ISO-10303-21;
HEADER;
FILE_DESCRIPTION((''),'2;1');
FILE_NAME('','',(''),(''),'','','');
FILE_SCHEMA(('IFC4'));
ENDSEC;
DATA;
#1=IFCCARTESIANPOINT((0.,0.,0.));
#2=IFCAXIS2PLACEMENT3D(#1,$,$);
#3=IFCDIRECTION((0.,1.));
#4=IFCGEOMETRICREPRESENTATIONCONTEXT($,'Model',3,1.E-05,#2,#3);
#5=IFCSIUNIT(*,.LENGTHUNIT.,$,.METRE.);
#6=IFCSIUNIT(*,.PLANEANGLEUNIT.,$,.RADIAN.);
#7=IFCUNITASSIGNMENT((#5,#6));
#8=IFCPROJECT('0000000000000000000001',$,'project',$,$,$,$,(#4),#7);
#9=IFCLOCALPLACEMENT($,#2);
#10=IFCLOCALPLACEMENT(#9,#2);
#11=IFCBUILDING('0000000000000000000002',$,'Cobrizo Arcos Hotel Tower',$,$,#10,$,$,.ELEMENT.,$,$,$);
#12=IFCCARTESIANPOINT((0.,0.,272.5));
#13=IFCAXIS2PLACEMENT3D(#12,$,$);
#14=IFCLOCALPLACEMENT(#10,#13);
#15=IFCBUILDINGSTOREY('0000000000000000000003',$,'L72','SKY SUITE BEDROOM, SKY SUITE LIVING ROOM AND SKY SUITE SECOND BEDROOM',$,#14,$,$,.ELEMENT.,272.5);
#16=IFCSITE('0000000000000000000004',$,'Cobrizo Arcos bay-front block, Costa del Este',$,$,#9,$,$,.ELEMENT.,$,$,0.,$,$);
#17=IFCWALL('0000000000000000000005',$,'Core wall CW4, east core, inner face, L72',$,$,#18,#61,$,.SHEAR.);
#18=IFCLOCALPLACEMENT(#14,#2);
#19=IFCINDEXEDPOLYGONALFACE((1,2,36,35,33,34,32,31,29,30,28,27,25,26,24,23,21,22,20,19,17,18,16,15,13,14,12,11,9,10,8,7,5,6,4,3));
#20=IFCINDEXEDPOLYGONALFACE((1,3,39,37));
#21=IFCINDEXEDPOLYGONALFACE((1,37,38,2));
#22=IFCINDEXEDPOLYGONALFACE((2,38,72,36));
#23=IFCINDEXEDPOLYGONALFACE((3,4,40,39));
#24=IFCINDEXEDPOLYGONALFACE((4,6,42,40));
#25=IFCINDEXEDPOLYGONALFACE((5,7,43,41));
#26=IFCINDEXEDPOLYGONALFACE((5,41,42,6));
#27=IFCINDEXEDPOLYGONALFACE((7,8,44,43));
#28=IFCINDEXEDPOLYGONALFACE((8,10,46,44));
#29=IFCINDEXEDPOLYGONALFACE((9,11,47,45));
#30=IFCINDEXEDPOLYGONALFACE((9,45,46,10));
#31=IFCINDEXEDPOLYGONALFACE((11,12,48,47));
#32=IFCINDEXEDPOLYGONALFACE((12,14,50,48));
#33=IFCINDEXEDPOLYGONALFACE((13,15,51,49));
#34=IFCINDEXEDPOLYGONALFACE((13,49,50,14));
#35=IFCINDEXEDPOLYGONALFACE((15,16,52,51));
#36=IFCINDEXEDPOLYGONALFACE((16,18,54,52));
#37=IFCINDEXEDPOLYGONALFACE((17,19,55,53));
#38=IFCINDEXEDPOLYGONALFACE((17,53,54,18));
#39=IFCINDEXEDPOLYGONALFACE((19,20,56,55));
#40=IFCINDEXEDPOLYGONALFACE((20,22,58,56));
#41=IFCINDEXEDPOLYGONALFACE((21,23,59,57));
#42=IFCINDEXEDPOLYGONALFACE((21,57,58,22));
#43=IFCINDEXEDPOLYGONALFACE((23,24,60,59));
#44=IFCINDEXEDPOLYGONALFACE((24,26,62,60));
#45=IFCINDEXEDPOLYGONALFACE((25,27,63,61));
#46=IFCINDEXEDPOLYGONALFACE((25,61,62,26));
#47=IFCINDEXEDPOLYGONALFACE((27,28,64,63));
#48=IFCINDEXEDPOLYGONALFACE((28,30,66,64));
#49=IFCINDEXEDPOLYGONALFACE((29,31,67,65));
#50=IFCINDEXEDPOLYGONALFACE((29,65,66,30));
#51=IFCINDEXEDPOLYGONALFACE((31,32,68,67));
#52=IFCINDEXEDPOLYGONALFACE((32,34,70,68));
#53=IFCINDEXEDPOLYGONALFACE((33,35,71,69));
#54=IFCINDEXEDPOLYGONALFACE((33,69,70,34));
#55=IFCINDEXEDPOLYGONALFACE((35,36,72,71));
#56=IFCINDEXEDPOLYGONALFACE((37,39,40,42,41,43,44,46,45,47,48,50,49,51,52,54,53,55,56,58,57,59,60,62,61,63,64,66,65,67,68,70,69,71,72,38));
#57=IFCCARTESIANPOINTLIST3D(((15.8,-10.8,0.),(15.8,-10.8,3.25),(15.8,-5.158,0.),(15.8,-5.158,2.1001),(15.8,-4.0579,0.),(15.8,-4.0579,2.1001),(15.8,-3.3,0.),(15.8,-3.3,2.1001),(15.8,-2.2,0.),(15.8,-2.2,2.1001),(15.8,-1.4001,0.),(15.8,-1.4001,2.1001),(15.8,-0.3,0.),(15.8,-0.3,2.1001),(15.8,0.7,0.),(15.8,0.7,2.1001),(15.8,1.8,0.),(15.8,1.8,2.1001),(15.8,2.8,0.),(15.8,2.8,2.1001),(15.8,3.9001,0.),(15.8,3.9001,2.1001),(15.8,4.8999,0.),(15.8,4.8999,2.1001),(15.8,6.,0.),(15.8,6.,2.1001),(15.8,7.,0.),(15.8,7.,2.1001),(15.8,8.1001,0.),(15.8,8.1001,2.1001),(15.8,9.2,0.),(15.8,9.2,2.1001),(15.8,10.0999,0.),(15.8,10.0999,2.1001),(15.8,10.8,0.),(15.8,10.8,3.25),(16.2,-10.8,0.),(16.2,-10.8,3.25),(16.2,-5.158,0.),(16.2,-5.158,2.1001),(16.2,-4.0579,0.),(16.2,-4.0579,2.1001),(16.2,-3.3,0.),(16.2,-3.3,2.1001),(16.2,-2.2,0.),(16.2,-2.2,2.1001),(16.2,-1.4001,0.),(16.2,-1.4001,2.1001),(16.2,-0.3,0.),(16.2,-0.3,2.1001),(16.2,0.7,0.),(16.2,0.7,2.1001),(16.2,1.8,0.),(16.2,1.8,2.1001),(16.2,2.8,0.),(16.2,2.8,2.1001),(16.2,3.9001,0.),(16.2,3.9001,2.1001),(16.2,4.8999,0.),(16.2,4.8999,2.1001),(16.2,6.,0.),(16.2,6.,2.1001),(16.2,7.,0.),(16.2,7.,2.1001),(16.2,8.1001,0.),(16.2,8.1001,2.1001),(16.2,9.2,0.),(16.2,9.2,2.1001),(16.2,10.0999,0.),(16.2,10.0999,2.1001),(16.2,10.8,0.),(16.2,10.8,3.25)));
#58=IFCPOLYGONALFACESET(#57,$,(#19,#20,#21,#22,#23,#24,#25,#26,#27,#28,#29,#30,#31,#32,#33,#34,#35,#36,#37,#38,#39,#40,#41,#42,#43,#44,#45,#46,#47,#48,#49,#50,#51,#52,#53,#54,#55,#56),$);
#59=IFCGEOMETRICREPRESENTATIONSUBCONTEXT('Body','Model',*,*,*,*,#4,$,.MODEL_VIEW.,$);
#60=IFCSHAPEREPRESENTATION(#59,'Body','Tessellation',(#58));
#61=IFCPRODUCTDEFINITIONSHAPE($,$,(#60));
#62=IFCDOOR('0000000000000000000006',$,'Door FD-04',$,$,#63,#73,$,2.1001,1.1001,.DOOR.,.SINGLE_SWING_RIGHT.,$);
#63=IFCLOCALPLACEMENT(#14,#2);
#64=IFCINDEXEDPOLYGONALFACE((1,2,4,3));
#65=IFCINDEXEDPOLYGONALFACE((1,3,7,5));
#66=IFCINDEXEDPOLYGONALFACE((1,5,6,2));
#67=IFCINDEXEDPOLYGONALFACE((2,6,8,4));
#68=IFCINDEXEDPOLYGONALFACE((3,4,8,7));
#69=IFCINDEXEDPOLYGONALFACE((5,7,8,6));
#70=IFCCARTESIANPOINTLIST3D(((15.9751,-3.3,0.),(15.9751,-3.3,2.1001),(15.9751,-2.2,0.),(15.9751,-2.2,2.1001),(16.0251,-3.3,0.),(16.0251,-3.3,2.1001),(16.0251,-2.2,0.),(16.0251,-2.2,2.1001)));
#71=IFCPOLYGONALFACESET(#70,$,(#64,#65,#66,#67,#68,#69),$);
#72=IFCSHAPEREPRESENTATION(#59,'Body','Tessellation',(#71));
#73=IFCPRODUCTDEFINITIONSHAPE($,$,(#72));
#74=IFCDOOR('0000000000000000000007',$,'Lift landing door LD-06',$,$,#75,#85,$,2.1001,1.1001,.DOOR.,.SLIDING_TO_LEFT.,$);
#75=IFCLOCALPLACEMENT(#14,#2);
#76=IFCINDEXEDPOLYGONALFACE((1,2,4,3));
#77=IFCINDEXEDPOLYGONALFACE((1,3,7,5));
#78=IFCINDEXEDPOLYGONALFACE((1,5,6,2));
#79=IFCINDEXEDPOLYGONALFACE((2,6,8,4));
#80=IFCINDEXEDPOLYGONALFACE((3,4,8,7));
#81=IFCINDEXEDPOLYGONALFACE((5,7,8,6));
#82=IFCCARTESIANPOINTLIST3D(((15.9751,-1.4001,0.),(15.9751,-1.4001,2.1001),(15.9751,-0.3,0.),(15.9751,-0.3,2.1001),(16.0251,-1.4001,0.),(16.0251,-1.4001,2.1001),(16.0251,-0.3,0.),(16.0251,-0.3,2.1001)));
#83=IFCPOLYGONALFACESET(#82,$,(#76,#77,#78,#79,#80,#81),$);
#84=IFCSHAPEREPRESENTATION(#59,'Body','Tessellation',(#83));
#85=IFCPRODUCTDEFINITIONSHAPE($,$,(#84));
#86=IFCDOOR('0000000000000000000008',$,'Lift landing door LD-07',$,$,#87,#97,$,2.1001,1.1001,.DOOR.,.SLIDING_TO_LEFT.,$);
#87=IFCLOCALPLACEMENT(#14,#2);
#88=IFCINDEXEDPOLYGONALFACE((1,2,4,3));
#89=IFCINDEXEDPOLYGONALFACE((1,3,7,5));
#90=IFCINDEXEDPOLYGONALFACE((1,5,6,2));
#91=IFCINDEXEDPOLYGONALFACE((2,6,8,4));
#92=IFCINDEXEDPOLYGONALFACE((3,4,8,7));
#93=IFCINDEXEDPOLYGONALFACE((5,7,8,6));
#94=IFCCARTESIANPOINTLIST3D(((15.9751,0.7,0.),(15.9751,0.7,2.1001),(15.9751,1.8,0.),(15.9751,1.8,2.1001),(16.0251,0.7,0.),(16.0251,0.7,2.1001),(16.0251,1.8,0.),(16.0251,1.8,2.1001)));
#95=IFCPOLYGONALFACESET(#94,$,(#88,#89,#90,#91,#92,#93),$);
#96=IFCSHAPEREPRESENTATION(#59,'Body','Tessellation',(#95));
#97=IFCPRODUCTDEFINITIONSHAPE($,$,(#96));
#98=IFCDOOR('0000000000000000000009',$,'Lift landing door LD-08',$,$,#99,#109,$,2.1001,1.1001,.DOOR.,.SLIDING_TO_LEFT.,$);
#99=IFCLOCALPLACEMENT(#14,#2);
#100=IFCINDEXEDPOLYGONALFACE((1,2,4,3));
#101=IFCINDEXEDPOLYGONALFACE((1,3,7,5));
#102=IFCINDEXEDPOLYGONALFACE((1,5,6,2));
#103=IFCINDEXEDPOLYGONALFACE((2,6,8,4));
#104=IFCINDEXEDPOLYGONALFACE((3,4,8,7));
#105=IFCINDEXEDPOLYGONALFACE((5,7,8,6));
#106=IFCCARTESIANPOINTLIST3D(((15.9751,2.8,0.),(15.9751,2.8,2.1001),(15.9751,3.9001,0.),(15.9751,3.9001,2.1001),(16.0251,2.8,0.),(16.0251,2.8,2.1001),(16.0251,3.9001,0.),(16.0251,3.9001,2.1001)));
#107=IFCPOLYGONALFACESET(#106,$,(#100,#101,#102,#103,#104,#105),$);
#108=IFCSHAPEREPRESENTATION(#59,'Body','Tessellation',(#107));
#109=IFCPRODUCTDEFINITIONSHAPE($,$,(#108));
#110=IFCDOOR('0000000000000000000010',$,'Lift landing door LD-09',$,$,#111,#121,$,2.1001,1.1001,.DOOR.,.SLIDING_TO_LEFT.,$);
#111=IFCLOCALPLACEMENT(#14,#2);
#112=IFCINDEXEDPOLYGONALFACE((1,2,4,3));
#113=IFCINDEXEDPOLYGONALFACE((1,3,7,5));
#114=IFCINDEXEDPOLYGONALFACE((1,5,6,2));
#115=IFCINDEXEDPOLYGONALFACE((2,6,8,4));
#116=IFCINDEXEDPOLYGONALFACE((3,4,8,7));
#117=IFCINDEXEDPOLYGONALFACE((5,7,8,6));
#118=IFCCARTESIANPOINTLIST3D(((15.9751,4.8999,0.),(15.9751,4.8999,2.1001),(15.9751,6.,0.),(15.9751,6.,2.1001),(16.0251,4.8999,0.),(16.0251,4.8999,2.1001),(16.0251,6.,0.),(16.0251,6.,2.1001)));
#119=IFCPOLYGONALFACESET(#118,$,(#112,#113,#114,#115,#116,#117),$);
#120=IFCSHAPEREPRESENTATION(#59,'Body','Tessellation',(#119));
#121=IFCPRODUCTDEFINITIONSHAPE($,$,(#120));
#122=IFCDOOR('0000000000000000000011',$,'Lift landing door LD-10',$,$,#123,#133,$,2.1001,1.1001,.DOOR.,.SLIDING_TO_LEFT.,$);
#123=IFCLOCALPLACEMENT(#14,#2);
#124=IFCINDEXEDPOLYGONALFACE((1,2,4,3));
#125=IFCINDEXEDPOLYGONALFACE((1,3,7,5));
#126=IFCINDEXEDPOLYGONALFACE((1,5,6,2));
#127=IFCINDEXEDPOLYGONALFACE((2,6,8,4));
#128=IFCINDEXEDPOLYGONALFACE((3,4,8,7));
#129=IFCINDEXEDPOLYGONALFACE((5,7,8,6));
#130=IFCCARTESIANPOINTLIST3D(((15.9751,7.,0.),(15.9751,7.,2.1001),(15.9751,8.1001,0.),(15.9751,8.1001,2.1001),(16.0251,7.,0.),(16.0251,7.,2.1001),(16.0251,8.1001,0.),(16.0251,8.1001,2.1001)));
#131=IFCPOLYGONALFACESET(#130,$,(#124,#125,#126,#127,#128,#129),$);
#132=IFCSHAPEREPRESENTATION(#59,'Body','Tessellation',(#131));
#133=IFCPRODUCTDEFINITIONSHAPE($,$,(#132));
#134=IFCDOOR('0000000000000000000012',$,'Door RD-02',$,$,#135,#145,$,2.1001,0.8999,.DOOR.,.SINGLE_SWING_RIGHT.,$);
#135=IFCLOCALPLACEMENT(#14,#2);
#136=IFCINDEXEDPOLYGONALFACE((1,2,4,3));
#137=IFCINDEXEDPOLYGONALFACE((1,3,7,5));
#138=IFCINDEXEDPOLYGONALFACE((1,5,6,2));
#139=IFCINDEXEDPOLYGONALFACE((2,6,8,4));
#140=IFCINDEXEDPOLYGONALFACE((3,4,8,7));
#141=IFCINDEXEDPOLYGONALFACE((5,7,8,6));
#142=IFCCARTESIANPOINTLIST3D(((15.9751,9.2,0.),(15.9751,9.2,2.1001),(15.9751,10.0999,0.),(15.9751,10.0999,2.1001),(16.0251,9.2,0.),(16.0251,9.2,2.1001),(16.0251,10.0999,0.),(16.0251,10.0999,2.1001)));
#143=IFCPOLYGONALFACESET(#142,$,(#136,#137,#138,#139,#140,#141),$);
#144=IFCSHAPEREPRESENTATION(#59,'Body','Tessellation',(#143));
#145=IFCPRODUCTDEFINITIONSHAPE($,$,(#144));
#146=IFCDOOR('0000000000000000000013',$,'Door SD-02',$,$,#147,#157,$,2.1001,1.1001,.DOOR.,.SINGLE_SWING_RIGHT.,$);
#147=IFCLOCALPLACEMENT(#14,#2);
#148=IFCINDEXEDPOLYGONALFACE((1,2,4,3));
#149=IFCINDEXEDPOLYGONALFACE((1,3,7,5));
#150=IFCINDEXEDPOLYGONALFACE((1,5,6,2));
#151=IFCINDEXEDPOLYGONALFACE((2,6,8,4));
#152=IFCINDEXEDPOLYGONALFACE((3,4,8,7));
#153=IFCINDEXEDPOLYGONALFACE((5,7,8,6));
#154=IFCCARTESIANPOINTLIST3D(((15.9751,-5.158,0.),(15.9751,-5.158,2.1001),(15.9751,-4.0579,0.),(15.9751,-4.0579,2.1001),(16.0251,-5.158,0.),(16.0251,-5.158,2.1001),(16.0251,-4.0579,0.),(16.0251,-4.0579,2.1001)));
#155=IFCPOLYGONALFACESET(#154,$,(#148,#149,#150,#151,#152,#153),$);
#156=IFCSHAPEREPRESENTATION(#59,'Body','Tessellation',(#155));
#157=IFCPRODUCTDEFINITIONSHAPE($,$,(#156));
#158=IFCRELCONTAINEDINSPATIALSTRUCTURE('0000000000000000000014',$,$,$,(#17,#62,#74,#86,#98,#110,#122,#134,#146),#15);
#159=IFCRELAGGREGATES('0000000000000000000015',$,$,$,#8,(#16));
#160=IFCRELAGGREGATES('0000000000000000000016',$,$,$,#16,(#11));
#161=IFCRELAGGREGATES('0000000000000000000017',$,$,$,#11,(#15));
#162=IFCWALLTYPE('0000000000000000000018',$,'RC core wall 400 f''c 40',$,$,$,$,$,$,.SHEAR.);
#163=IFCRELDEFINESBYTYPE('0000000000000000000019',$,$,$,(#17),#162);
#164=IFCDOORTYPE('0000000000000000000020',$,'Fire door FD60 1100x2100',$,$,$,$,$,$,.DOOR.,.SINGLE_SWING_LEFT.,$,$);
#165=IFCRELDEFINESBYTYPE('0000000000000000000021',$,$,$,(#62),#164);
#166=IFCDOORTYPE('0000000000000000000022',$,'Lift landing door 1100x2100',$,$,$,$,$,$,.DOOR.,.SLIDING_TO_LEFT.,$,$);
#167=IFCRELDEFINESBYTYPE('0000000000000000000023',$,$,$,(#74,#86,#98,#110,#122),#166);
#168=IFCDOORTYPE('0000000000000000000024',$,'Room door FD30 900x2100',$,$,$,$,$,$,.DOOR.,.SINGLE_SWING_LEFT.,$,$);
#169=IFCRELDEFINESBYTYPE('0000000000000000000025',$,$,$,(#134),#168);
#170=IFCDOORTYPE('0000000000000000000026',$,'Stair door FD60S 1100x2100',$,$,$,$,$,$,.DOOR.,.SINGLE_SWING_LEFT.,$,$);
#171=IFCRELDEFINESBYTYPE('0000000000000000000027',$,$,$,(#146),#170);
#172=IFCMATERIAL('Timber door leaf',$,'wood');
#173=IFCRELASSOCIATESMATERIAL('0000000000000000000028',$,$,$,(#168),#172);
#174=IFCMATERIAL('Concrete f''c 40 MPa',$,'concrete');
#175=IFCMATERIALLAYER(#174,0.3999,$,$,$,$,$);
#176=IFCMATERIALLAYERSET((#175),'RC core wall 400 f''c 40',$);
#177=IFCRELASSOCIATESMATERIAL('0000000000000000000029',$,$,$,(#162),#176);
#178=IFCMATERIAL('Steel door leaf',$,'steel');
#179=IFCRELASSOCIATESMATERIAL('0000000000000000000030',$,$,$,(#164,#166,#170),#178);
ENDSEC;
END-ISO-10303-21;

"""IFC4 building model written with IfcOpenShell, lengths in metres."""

from ifc_helpers import new_model, si_unit, direction, frame, frame_2d, origin, place, context, subcontext, project, spatial, rectangle, extrude, material, layer, layer_set, type_object, element, fill, save


model = new_model("IFC4")

# Units and contexts
model_context = context("Model", 3, precision=1e-05, world=origin(), true_north=direction((0.0, 1.0)))
body_context = subcontext(model_context, "Body", "Model", "MODEL_VIEW")
ifc_project = project(units=[si_unit("LENGTHUNIT", "METRE"), si_unit("PLANEANGLEUNIT", "RADIAN")], contexts=[model_context])

# Site, building, storey
site_placement = place(None, origin())
site = spatial("IfcSite", under=ifc_project, at=site_placement, Name="Cobrizo Arcos bay-front block, Costa del Este", CompositionType="ELEMENT", RefElevation=0.0)
building_placement = place(site_placement, origin())
building = spatial("IfcBuilding", under=site, at=building_placement, Name="Cobrizo Arcos Hotel Tower", CompositionType="ELEMENT")
storey_placement = place(building_placement, frame((0.0, 0.0, 272.5)))
storey = spatial("IfcBuildingStorey", under=building, at=storey_placement, Name="L72", Description="SKY SUITE BEDROOM, SKY SUITE LIVING ROOM AND SKY SUITE SECOND BEDROOM", CompositionType="ELEMENT", Elevation=272.5)

# Shared definitions
ifc_material_1 = material(Name="Timber door leaf", Category="wood")
door_type_1 = type_object("IfcDoorType", Name="Room door FD30 900x2100", OperationType="SINGLE_SWING_LEFT", PredefinedType="DOOR", material=ifc_material_1)

# Wall, openings, doors
ifc_material_2 = material(Name="Concrete f'c 40 MPa", Category="concrete")
ifc_layer_1 = layer(ifc_material_2, 0.3999)
ifc_layer_set_1 = layer_set([ifc_layer_1], Name="RC core wall 400 f'c 40")
wall_type_1 = type_object("IfcWallType", Name="RC core wall 400 f'c 40", PredefinedType="SHEAR", material=ifc_layer_set_1)
wall_1_placement = place(storey_placement, frame((16.0, -10.8, 0.0), z_axis=(0.0, 0.0, 1.0), x_axis=(0.0, 1.0, 0.0)))
wall_1 = element("IfcWall", 1, at=wall_1_placement, inside=storey, type_object=wall_type_1, Name="Core wall CW4, east core, inner face, L72", PredefinedType="SHEAR", context=body_context, shape_type="SweptSolid", body=[
    extrude(rectangle(XDim=21.6001, YDim=0.3999, at=frame_2d((10.8, 0.0))), origin(), (0.0, 0.0, 1.0), 3.25),
])
opening_1_placement = place(wall_1_placement, frame((9.3999, 0.0, 0.0)))
opening_1 = element("IfcOpeningElement", 2, at=opening_1_placement, cuts=wall_1, PredefinedType="OPENING", context=body_context, shape_type="SweptSolid", body=[
    extrude(rectangle(XDim=1.1001, YDim=2.1001, at=frame_2d((0.55, 1.05))), frame((0.0, 0.2119, 0.0), z_axis=(0.0, -1.0, 0.0), x_axis=(1.0, 0.0, 0.0)), (0.0, 0.0, 1.0), 0.4238),
])
opening_2_placement = place(wall_1_placement, frame((11.5, 0.0, 0.0)))
opening_2 = element("IfcOpeningElement", 3, at=opening_2_placement, cuts=wall_1, PredefinedType="OPENING", context=body_context, shape_type="SweptSolid", body=[
    extrude(rectangle(XDim=1.1001, YDim=2.1001, at=frame_2d((0.55, 1.05))), frame((0.0, 0.2119, 0.0), z_axis=(0.0, -1.0, 0.0), x_axis=(1.0, 0.0, 0.0)), (0.0, 0.0, 1.0), 0.4238),
])
opening_3_placement = place(wall_1_placement, frame((13.6001, 0.0, 0.0)))
opening_3 = element("IfcOpeningElement", 4, at=opening_3_placement, cuts=wall_1, PredefinedType="OPENING", context=body_context, shape_type="SweptSolid", body=[
    extrude(rectangle(XDim=1.1001, YDim=2.1001, at=frame_2d((0.55, 1.05))), frame((0.0, 0.2119, 0.0), z_axis=(0.0, -1.0, 0.0), x_axis=(1.0, 0.0, 0.0)), (0.0, 0.0, 1.0), 0.4238),
])
opening_4_placement = place(wall_1_placement, frame((15.7, 0.0, 0.0)))
opening_4 = element("IfcOpeningElement", 5, at=opening_4_placement, cuts=wall_1, PredefinedType="OPENING", context=body_context, shape_type="SweptSolid", body=[
    extrude(rectangle(XDim=1.1001, YDim=2.1001, at=frame_2d((0.55, 1.05))), frame((0.0, 0.2119, 0.0), z_axis=(0.0, -1.0, 0.0), x_axis=(1.0, 0.0, 0.0)), (0.0, 0.0, 1.0), 0.4238),
])
opening_5_placement = place(wall_1_placement, frame((17.8, 0.0, 0.0)))
opening_5 = element("IfcOpeningElement", 6, at=opening_5_placement, cuts=wall_1, PredefinedType="OPENING", context=body_context, shape_type="SweptSolid", body=[
    extrude(rectangle(XDim=1.1001, YDim=2.1001, at=frame_2d((0.55, 1.05))), frame((0.0, 0.2119, 0.0), z_axis=(0.0, -1.0, 0.0), x_axis=(1.0, 0.0, 0.0)), (0.0, 0.0, 1.0), 0.4238),
])
opening_6_placement = place(wall_1_placement, frame((5.6421, 0.0, 0.0)))
opening_6 = element("IfcOpeningElement", 7, at=opening_6_placement, cuts=wall_1, PredefinedType="OPENING", context=body_context, shape_type="SweptSolid", body=[
    extrude(rectangle(XDim=1.1001, YDim=2.1001, at=frame_2d((0.55, 1.05))), frame((0.0, 0.2119, 0.0), z_axis=(0.0, -1.0, 0.0), x_axis=(1.0, 0.0, 0.0)), (0.0, 0.0, 1.0), 0.4238),
])
opening_7_placement = place(wall_1_placement, frame((7.5, 0.0, 0.0)))
opening_7 = element("IfcOpeningElement", 8, at=opening_7_placement, cuts=wall_1, PredefinedType="OPENING", context=body_context, shape_type="SweptSolid", body=[
    extrude(rectangle(XDim=1.1001, YDim=2.1001, at=frame_2d((0.55, 1.05))), frame((0.0, 0.2119, 0.0), z_axis=(0.0, -1.0, 0.0), x_axis=(1.0, 0.0, 0.0)), (0.0, 0.0, 1.0), 0.4238),
])
opening_8_placement = place(wall_1_placement, frame((20.0, 0.0, 0.0)))
opening_8 = element("IfcOpeningElement", 9, at=opening_8_placement, cuts=wall_1, PredefinedType="OPENING", context=body_context, shape_type="SweptSolid", body=[
    extrude(rectangle(XDim=0.8999, YDim=2.1001, at=frame_2d((0.45, 1.05))), frame((0.0, 0.2119, 0.0), z_axis=(0.0, -1.0, 0.0), x_axis=(1.0, 0.0, 0.0)), (0.0, 0.0, 1.0), 0.4238),
])
ifc_material_3 = material(Name="Steel door leaf", Category="steel")
door_type_2 = type_object("IfcDoorType", Name="Fire door FD60 1100x2100", OperationType="SINGLE_SWING_LEFT", PredefinedType="DOOR", material=ifc_material_3)
door_1_placement = place(opening_7_placement, origin())
door_1 = element("IfcDoor", 10, at=door_1_placement, inside=storey, type_object=door_type_2, Name="Door FD-04", OperationType="SINGLE_SWING_RIGHT", OverallHeight=2.1001, OverallWidth=1.1001, PredefinedType="DOOR", context=body_context, shape_type="SweptSolid", body=[
    extrude(rectangle(XDim=1.1001, YDim=2.1001, at=frame_2d((0.55, 1.05))), frame((0.0, 0.0249, 0.0), z_axis=(0.0, -1.0, 0.0), x_axis=(1.0, 0.0, 0.0)), (0.0, 0.0, 1.0), 0.05),
])
fill(opening_7, door_1)
door_type_3 = type_object("IfcDoorType", Name="Lift landing door 1100x2100", OperationType="SLIDING_TO_LEFT", PredefinedType="DOOR", material=ifc_material_3)
door_2_placement = place(opening_1_placement, origin())
door_2 = element("IfcDoor", 11, at=door_2_placement, inside=storey, type_object=door_type_3, Name="Lift landing door LD-06", OperationType="SLIDING_TO_LEFT", OverallHeight=2.1001, OverallWidth=1.1001, PredefinedType="DOOR", context=body_context, shape_type="SweptSolid", body=[
    extrude(rectangle(XDim=1.1001, YDim=2.1001, at=frame_2d((0.55, 1.05))), frame((0.0, 0.0249, 0.0), z_axis=(0.0, -1.0, 0.0), x_axis=(1.0, 0.0, 0.0)), (0.0, 0.0, 1.0), 0.05),
])
fill(opening_1, door_2)
door_3_placement = place(opening_2_placement, origin())
door_3 = element("IfcDoor", 12, at=door_3_placement, inside=storey, type_object=door_type_3, Name="Lift landing door LD-07", OperationType="SLIDING_TO_LEFT", OverallHeight=2.1001, OverallWidth=1.1001, PredefinedType="DOOR", context=body_context, shape_type="SweptSolid", body=[
    extrude(rectangle(XDim=1.1001, YDim=2.1001, at=frame_2d((0.55, 1.05))), frame((0.0, 0.0249, 0.0), z_axis=(0.0, -1.0, 0.0), x_axis=(1.0, 0.0, 0.0)), (0.0, 0.0, 1.0), 0.05),
])
fill(opening_2, door_3)
door_4_placement = place(opening_3_placement, origin())
door_4 = element("IfcDoor", 13, at=door_4_placement, inside=storey, type_object=door_type_3, Name="Lift landing door LD-08", OperationType="SLIDING_TO_LEFT", OverallHeight=2.1001, OverallWidth=1.1001, PredefinedType="DOOR", context=body_context, shape_type="SweptSolid", body=[
    extrude(rectangle(XDim=1.1001, YDim=2.1001, at=frame_2d((0.55, 1.05))), frame((0.0, 0.0249, 0.0), z_axis=(0.0, -1.0, 0.0), x_axis=(1.0, 0.0, 0.0)), (0.0, 0.0, 1.0), 0.05),
])
fill(opening_3, door_4)
door_5_placement = place(opening_4_placement, origin())
door_5 = element("IfcDoor", 14, at=door_5_placement, inside=storey, type_object=door_type_3, Name="Lift landing door LD-09", OperationType="SLIDING_TO_LEFT", OverallHeight=2.1001, OverallWidth=1.1001, PredefinedType="DOOR", context=body_context, shape_type="SweptSolid", body=[
    extrude(rectangle(XDim=1.1001, YDim=2.1001, at=frame_2d((0.55, 1.05))), frame((0.0, 0.0249, 0.0), z_axis=(0.0, -1.0, 0.0), x_axis=(1.0, 0.0, 0.0)), (0.0, 0.0, 1.0), 0.05),
])
fill(opening_4, door_5)
door_6_placement = place(opening_5_placement, origin())
door_6 = element("IfcDoor", 15, at=door_6_placement, inside=storey, type_object=door_type_3, Name="Lift landing door LD-10", OperationType="SLIDING_TO_LEFT", OverallHeight=2.1001, OverallWidth=1.1001, PredefinedType="DOOR", context=body_context, shape_type="SweptSolid", body=[
    extrude(rectangle(XDim=1.1001, YDim=2.1001, at=frame_2d((0.55, 1.05))), frame((0.0, 0.0249, 0.0), z_axis=(0.0, -1.0, 0.0), x_axis=(1.0, 0.0, 0.0)), (0.0, 0.0, 1.0), 0.05),
])
fill(opening_5, door_6)
door_7_placement = place(opening_8_placement, origin())
door_7 = element("IfcDoor", 16, at=door_7_placement, inside=storey, type_object=door_type_1, Name="Door RD-02", OperationType="SINGLE_SWING_RIGHT", OverallHeight=2.1001, OverallWidth=0.8999, PredefinedType="DOOR", context=body_context, shape_type="SweptSolid", body=[
    extrude(rectangle(XDim=0.8999, YDim=2.1001, at=frame_2d((0.45, 1.05))), frame((0.0, 0.0249, 0.0), z_axis=(0.0, -1.0, 0.0), x_axis=(1.0, 0.0, 0.0)), (0.0, 0.0, 1.0), 0.05),
])
fill(opening_8, door_7)
door_type_4 = type_object("IfcDoorType", Name="Stair door FD60S 1100x2100", OperationType="SINGLE_SWING_LEFT", PredefinedType="DOOR", material=ifc_material_3)
door_8_placement = place(opening_6_placement, origin())
door_8 = element("IfcDoor", 17, at=door_8_placement, inside=storey, type_object=door_type_4, Name="Door SD-02", OperationType="SINGLE_SWING_RIGHT", OverallHeight=2.1001, OverallWidth=1.1001, PredefinedType="DOOR", context=body_context, shape_type="SweptSolid", body=[
    extrude(rectangle(XDim=1.1001, YDim=2.1001, at=frame_2d((0.55, 1.05))), frame((0.0, 0.0249, 0.0), z_axis=(0.0, -1.0, 0.0), x_axis=(1.0, 0.0, 0.0)), (0.0, 0.0, 1.0), 0.05),
])
fill(opening_6, door_8)

save(model, "model.ifc")
